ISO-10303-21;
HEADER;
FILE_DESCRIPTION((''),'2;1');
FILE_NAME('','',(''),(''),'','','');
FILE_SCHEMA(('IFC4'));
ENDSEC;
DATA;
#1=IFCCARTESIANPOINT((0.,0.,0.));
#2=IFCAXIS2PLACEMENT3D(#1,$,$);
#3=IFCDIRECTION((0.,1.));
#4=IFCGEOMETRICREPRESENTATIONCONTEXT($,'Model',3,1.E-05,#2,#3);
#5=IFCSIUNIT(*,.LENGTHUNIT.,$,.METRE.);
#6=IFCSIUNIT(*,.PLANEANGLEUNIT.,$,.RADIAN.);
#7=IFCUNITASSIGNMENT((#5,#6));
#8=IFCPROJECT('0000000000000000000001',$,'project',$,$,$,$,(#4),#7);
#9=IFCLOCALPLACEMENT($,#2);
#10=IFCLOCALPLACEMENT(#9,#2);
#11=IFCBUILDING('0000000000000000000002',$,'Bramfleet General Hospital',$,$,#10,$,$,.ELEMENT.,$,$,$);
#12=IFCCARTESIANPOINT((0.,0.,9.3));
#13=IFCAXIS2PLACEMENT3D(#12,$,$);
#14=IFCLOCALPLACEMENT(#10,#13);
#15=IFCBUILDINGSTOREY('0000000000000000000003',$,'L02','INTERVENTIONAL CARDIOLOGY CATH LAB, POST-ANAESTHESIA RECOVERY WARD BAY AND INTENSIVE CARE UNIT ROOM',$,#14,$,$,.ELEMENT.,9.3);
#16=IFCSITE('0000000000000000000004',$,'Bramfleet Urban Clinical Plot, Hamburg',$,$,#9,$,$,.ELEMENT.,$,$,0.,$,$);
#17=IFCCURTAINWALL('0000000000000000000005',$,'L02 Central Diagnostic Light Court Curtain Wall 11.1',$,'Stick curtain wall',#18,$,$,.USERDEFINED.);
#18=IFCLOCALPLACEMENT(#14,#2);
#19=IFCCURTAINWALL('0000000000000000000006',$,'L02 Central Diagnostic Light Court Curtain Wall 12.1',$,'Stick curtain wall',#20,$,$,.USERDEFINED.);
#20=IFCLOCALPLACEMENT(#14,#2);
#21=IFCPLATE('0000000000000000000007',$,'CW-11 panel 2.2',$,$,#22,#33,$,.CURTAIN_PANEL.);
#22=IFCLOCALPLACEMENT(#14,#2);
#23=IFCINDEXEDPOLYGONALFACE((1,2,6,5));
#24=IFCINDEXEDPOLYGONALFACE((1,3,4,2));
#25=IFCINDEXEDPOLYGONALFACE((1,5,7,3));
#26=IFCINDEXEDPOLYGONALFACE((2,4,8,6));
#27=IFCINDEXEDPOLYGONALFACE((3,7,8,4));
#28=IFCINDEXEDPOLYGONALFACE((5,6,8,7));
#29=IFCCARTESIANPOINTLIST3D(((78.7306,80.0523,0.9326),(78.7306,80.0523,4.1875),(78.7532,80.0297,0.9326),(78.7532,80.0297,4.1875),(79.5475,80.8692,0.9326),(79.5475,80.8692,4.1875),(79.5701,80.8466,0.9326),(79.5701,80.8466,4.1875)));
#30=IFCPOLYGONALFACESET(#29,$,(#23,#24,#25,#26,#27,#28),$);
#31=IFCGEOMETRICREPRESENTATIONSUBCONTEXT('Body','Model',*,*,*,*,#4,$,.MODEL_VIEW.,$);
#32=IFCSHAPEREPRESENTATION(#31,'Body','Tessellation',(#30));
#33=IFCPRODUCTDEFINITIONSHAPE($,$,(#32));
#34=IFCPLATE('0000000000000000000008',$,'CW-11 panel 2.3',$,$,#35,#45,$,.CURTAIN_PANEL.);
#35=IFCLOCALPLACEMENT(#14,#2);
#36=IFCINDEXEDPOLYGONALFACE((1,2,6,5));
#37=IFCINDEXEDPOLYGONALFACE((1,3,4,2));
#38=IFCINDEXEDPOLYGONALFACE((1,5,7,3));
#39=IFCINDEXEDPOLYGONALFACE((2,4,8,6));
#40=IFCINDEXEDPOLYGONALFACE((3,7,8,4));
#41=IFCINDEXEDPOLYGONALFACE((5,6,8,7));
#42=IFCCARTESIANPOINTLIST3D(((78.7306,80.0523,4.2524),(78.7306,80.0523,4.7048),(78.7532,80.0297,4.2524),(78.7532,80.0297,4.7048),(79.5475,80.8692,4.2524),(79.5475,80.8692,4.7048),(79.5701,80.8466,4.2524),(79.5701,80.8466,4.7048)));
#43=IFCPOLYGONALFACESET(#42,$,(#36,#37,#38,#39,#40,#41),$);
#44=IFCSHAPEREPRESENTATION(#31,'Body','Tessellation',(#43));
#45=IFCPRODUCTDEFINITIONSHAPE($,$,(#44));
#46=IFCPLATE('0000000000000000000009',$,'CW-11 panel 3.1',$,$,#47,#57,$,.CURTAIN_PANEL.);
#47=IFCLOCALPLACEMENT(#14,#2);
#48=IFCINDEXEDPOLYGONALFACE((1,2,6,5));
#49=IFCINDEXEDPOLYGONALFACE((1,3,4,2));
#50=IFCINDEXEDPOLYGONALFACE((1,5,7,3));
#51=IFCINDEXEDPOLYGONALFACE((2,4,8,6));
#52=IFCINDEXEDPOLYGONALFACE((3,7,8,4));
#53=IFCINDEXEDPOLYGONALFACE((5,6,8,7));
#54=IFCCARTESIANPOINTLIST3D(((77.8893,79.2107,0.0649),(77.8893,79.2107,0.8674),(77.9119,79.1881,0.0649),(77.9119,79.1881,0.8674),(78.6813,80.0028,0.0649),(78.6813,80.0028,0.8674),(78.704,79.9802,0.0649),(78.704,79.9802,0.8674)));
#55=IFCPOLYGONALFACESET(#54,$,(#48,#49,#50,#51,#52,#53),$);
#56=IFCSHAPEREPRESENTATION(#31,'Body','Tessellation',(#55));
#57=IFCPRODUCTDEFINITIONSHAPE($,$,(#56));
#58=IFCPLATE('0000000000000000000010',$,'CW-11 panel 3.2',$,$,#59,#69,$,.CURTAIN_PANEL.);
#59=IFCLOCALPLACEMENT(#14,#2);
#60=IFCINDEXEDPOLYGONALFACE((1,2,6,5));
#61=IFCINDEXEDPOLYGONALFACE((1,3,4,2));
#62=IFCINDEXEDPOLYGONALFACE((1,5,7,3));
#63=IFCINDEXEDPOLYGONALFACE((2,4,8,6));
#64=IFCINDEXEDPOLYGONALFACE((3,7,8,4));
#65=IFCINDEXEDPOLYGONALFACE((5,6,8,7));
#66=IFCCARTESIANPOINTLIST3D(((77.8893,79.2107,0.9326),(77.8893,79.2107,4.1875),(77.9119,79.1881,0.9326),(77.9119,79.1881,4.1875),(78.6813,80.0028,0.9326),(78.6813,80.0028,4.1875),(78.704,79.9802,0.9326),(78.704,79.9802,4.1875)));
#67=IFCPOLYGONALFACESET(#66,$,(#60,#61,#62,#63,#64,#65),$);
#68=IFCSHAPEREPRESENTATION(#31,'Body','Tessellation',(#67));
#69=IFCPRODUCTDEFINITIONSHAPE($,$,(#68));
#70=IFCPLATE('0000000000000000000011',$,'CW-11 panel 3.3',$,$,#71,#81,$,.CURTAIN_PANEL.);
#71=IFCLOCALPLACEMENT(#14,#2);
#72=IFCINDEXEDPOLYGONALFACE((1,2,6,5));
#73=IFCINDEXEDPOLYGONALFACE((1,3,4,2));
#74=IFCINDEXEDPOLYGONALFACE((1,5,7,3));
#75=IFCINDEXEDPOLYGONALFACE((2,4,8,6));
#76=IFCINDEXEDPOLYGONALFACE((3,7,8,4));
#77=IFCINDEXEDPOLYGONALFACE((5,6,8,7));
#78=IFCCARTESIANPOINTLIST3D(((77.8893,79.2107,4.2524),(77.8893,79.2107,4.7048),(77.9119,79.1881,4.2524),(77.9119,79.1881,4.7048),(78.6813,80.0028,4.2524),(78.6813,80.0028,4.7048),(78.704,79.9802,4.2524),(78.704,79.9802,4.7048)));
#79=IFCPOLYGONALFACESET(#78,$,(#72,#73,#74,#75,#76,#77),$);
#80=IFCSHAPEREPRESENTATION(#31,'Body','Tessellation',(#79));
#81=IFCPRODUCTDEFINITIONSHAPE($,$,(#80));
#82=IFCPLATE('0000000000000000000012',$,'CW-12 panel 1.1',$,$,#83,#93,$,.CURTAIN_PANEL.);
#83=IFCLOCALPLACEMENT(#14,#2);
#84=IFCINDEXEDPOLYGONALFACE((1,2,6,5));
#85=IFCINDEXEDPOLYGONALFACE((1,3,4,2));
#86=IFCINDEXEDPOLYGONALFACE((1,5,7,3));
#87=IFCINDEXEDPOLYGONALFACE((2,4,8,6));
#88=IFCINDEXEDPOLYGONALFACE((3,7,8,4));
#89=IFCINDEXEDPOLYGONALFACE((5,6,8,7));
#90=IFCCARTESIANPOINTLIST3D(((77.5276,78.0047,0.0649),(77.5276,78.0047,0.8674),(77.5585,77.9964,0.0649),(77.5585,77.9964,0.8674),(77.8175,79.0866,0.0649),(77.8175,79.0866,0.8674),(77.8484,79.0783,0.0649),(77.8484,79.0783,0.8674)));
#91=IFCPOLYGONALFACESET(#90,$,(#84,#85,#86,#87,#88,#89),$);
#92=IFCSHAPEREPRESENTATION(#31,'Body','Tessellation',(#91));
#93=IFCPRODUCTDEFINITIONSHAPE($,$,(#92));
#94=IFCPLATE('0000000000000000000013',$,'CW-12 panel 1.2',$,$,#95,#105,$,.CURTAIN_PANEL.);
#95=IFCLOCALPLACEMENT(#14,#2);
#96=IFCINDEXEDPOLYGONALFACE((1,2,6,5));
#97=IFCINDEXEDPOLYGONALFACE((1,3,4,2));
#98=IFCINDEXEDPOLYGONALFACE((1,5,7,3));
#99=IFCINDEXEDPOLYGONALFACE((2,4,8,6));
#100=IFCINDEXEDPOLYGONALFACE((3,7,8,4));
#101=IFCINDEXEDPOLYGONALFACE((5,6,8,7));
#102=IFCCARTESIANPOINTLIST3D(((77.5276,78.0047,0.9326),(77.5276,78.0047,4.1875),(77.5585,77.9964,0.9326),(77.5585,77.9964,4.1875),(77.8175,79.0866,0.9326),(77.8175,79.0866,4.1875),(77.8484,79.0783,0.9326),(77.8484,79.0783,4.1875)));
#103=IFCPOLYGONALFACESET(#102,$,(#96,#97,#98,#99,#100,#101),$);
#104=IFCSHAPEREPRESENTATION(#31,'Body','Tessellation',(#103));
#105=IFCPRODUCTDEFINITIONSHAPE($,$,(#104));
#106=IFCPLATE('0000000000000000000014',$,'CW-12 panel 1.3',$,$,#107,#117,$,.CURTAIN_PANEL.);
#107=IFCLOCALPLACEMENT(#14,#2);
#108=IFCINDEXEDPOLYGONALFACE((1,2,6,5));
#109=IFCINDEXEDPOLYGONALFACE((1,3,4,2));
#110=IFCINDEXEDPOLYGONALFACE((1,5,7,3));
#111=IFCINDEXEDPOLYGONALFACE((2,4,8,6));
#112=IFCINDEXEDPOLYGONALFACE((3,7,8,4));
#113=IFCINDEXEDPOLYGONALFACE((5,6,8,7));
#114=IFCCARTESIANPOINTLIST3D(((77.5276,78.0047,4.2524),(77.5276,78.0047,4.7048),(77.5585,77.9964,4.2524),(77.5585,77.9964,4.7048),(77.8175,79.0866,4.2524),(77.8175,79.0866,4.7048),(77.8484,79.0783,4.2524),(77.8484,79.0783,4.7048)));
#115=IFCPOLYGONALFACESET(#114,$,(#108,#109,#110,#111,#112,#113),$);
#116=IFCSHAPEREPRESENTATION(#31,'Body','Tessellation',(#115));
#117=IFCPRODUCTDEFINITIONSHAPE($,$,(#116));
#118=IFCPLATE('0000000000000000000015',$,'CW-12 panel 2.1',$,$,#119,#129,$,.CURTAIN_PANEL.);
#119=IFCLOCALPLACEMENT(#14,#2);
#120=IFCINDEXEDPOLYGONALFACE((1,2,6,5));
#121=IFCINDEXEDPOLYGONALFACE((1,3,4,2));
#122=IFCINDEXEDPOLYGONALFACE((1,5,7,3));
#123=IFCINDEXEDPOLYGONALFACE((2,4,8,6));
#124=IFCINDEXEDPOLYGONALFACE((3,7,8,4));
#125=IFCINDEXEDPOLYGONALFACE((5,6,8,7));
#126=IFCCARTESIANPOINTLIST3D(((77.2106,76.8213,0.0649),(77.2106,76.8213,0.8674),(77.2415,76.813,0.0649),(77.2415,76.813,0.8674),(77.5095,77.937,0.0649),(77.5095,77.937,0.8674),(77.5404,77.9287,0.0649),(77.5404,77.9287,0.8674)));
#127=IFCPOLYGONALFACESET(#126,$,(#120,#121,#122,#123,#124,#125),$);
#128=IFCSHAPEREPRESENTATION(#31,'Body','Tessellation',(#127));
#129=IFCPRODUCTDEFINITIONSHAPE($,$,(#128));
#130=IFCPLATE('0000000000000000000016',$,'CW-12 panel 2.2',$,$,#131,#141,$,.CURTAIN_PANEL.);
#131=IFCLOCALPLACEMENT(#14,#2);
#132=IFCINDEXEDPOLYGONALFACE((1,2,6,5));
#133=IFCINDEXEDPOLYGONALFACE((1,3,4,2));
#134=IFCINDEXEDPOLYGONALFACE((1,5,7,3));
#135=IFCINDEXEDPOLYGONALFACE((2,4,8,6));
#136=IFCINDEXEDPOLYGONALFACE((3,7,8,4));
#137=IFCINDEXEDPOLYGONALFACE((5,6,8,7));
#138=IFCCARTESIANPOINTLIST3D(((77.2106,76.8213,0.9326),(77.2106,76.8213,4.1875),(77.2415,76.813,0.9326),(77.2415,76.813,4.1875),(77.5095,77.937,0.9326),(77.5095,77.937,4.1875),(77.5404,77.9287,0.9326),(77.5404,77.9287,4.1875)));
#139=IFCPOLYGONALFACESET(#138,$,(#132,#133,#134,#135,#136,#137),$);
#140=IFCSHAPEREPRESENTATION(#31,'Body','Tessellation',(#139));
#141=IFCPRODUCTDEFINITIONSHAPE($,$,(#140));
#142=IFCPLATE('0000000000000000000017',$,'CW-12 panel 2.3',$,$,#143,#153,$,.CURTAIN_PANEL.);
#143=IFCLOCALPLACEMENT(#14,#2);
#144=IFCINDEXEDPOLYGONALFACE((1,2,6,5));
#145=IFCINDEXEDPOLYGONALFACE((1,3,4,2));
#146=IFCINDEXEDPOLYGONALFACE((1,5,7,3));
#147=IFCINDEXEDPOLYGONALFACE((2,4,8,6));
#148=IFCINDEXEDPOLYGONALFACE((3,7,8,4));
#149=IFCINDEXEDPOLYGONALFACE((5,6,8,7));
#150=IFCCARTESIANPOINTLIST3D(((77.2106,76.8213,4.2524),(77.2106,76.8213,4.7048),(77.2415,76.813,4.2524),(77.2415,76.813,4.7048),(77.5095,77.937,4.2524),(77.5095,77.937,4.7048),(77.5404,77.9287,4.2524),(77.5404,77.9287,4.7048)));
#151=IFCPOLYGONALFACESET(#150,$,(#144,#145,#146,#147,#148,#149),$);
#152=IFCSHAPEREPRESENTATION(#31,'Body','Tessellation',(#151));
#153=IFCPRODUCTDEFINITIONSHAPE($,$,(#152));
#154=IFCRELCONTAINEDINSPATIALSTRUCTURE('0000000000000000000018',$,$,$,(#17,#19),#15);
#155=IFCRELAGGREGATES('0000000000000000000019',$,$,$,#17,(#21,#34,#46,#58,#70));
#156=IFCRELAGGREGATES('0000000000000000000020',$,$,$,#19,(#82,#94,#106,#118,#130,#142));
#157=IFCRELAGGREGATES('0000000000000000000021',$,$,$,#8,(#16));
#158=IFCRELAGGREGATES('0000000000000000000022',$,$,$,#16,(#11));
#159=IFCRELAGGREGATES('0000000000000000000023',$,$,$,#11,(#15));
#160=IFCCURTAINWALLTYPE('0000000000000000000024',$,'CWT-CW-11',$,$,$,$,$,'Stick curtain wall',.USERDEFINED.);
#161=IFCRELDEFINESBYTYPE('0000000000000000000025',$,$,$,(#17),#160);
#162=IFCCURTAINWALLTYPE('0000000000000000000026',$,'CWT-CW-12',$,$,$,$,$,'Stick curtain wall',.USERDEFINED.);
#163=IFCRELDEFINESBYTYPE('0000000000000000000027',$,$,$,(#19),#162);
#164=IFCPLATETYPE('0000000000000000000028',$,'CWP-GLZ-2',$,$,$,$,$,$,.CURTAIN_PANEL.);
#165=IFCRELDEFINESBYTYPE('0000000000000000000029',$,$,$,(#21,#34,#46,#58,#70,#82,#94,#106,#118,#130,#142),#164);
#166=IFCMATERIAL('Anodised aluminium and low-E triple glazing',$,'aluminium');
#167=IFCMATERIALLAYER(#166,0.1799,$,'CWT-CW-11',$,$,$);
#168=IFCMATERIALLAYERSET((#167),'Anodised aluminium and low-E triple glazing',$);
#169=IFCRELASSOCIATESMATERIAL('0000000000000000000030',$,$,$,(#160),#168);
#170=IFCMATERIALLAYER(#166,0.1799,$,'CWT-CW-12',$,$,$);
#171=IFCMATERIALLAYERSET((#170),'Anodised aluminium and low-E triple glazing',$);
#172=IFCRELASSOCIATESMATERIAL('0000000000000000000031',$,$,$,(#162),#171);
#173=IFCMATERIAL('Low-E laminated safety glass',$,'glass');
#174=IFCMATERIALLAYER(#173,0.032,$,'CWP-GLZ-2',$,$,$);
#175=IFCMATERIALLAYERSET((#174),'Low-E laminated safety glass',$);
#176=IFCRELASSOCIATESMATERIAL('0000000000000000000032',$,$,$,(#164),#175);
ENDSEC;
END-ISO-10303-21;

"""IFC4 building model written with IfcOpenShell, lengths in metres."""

from ifc_helpers import new_model, si_unit, direction, frame, origin, origin_2d, place, context, subcontext, project, spatial, rectangle, extrude, material, layer, layer_set, type_object, element, aggregate, save


model = new_model("IFC4")

# Units and contexts
model_context = context("Model", 3, precision=1e-05, world=origin(), true_north=direction((0.0, 1.0)))
body_context = subcontext(model_context, "Body", "Model", "MODEL_VIEW")
ifc_project = project(units=[si_unit("LENGTHUNIT", "METRE"), si_unit("PLANEANGLEUNIT", "RADIAN")], contexts=[model_context])

# Site, building, storey
site_placement = place(None, origin())
site = spatial("IfcSite", under=ifc_project, at=site_placement, Name="Bramfleet Urban Clinical Plot, Hamburg", CompositionType="ELEMENT", RefElevation=0.0)
building_placement = place(site_placement, origin())
building = spatial("IfcBuilding", under=site, at=building_placement, Name="Bramfleet General Hospital", CompositionType="ELEMENT")
storey_placement = place(building_placement, frame((0.0, 0.0, 9.3)))
storey = spatial("IfcBuildingStorey", under=building, at=storey_placement, Name="L02", Description="INTERVENTIONAL CARDIOLOGY CATH LAB, POST-ANAESTHESIA RECOVERY WARD BAY AND INTENSIVE CARE UNIT ROOM", CompositionType="ELEMENT", Elevation=9.3)

# Curtain walls
ifc_material_1 = material(Name="Anodised aluminium and low-E triple glazing", Category="aluminium")
ifc_layer_1 = layer(ifc_material_1, 0.1799, Name="CWT-CW-11")
ifc_layer_set_1 = layer_set([ifc_layer_1], Name="Anodised aluminium and low-E triple glazing")
curtain_wall_type_1 = type_object("IfcCurtainWallType", Name="CWT-CW-11", ElementType="Stick curtain wall", PredefinedType="USERDEFINED", material=ifc_layer_set_1)
curtain_wall_1_placement = place(storey_placement, origin())
curtain_wall_1 = element("IfcCurtainWall", 1, at=curtain_wall_1_placement, inside=storey, type_object=curtain_wall_type_1, Name="L02 Central Diagnostic Light Court Curtain Wall 11.1", ObjectType="Stick curtain wall", PredefinedType="USERDEFINED")
ifc_layer_2 = layer(ifc_material_1, 0.1799, Name="CWT-CW-12")
ifc_layer_set_2 = layer_set([ifc_layer_2], Name="Anodised aluminium and low-E triple glazing")
curtain_wall_type_2 = type_object("IfcCurtainWallType", Name="CWT-CW-12", ElementType="Stick curtain wall", PredefinedType="USERDEFINED", material=ifc_layer_set_2)
curtain_wall_2_placement = place(storey_placement, origin())
curtain_wall_2 = element("IfcCurtainWall", 2, at=curtain_wall_2_placement, inside=storey, type_object=curtain_wall_type_2, Name="L02 Central Diagnostic Light Court Curtain Wall 12.1", ObjectType="Stick curtain wall", PredefinedType="USERDEFINED")

# Plates
ifc_material_2 = material(Name="Low-E laminated safety glass", Category="glass")
ifc_layer_3 = layer(ifc_material_2, 0.032, Name="CWP-GLZ-2")
ifc_layer_set_3 = layer_set([ifc_layer_3], Name="Low-E laminated safety glass")
plate_type = type_object("IfcPlateType", Name="CWP-GLZ-2", PredefinedType="CURTAIN_PANEL", material=ifc_layer_set_3)
plate_1_placement = place(storey_placement, frame((79.1504, 80.4495, 0.9326), z_axis=(0.0, 0.0, 1.0), x_axis=(-0.707107, -0.707107, 0.0)))
plate_1 = element("IfcPlate", 3, at=plate_1_placement, type_object=plate_type, Name="CW-11 panel 2.2", PredefinedType="CURTAIN_PANEL", context=body_context, shape_type="SweptSolid", body=[
    extrude(rectangle(XDim=1.1553, YDim=0.032, at=origin_2d()), origin(), (0.0, 0.0, 1.0), 3.2549),
])
plate_2_placement = place(storey_placement, frame((79.1504, 80.4495, 4.2524), z_axis=(0.0, 0.0, 1.0), x_axis=(-0.707107, -0.707107, 0.0)))
plate_2 = element("IfcPlate", 4, at=plate_2_placement, type_object=plate_type, Name="CW-11 panel 2.3", PredefinedType="CURTAIN_PANEL", context=body_context, shape_type="SweptSolid", body=[
    extrude(rectangle(XDim=1.1553, YDim=0.032, at=origin_2d()), origin(), (0.0, 0.0, 1.0), 0.4524),
])
plate_3_placement = place(storey_placement, frame((78.2966, 79.5955, 0.0649), z_axis=(0.0, 0.0, 1.0), x_axis=(-0.707107, -0.707107, 0.0)))
plate_3 = element("IfcPlate", 5, at=plate_3_placement, type_object=plate_type, Name="CW-11 panel 3.1", PredefinedType="CURTAIN_PANEL", context=body_context, shape_type="SweptSolid", body=[
    extrude(rectangle(XDim=1.1201, YDim=0.032, at=origin_2d()), origin(), (0.0, 0.0, 1.0), 0.8025),
])
plate_4_placement = place(storey_placement, frame((78.2966, 79.5955, 0.9326), z_axis=(0.0, 0.0, 1.0), x_axis=(-0.707107, -0.707107, 0.0)))
plate_4 = element("IfcPlate", 6, at=plate_4_placement, type_object=plate_type, Name="CW-11 panel 3.2", PredefinedType="CURTAIN_PANEL", context=body_context, shape_type="SweptSolid", body=[
    extrude(rectangle(XDim=1.1201, YDim=0.032, at=origin_2d()), origin(), (0.0, 0.0, 1.0), 3.2549),
])
plate_5_placement = place(storey_placement, frame((78.2966, 79.5955, 4.2524), z_axis=(0.0, 0.0, 1.0), x_axis=(-0.707107, -0.707107, 0.0)))
plate_5 = element("IfcPlate", 7, at=plate_5_placement, type_object=plate_type, Name="CW-11 panel 3.3", PredefinedType="CURTAIN_PANEL", context=body_context, shape_type="SweptSolid", body=[
    extrude(rectangle(XDim=1.1201, YDim=0.032, at=origin_2d()), origin(), (0.0, 0.0, 1.0), 0.4524),
])
aggregate(curtain_wall_1, [plate_1, plate_2, plate_3, plate_4, plate_5])
plate_6_placement = place(storey_placement, frame((77.688, 78.5415, 0.0649), z_axis=(0.0, 0.0, 1.0), x_axis=(-0.258763, -0.965941, 0.0)))
plate_6 = element("IfcPlate", 8, at=plate_6_placement, type_object=plate_type, Name="CW-12 panel 1.1", PredefinedType="CURTAIN_PANEL", context=body_context, shape_type="SweptSolid", body=[
    extrude(rectangle(XDim=1.1201, YDim=0.032, at=origin_2d()), origin(), (0.0, 0.0, 1.0), 0.8025),
])
plate_7_placement = place(storey_placement, frame((77.688, 78.5415, 0.9326), z_axis=(0.0, 0.0, 1.0), x_axis=(-0.258763, -0.965941, 0.0)))
plate_7 = element("IfcPlate", 9, at=plate_7_placement, type_object=plate_type, Name="CW-12 panel 1.2", PredefinedType="CURTAIN_PANEL", context=body_context, shape_type="SweptSolid", body=[
    extrude(rectangle(XDim=1.1201, YDim=0.032, at=origin_2d()), origin(), (0.0, 0.0, 1.0), 3.2549),
])
plate_8_placement = place(storey_placement, frame((77.688, 78.5415, 4.2524), z_axis=(0.0, 0.0, 1.0), x_axis=(-0.258763, -0.965941, 0.0)))
plate_8 = element("IfcPlate", 10, at=plate_8_placement, type_object=plate_type, Name="CW-12 panel 1.3", PredefinedType="CURTAIN_PANEL", context=body_context, shape_type="SweptSolid", body=[
    extrude(rectangle(XDim=1.1201, YDim=0.032, at=origin_2d()), origin(), (0.0, 0.0, 1.0), 0.4524),
])
plate_9_placement = place(storey_placement, frame((77.3755, 77.375, 0.0649), z_axis=(0.0, 0.0, 1.0), x_axis=(-0.258763, -0.965941, 0.0)))
plate_9 = element("IfcPlate", 11, at=plate_9_placement, type_object=plate_type, Name="CW-12 panel 2.1", PredefinedType="CURTAIN_PANEL", context=body_context, shape_type="SweptSolid", body=[
    extrude(rectangle(XDim=1.155, YDim=0.032, at=origin_2d()), origin(), (0.0, 0.0, 1.0), 0.8025),
])
plate_10_placement = place(storey_placement, frame((77.3755, 77.375, 0.9326), z_axis=(0.0, 0.0, 1.0), x_axis=(-0.258763, -0.965941, 0.0)))
plate_10 = element("IfcPlate", 12, at=plate_10_placement, type_object=plate_type, Name="CW-12 panel 2.2", PredefinedType="CURTAIN_PANEL", context=body_context, shape_type="SweptSolid", body=[
    extrude(rectangle(XDim=1.155, YDim=0.032, at=origin_2d()), origin(), (0.0, 0.0, 1.0), 3.2549),
])
plate_11_placement = place(storey_placement, frame((77.3755, 77.375, 4.2524), z_axis=(0.0, 0.0, 1.0), x_axis=(-0.258763, -0.965941, 0.0)))
plate_11 = element("IfcPlate", 13, at=plate_11_placement, type_object=plate_type, Name="CW-12 panel 2.3", PredefinedType="CURTAIN_PANEL", context=body_context, shape_type="SweptSolid", body=[
    extrude(rectangle(XDim=1.155, YDim=0.032, at=origin_2d()), origin(), (0.0, 0.0, 1.0), 0.4524),
])
aggregate(curtain_wall_2, [plate_6, plate_7, plate_8, plate_9, plate_10, plate_11])

save(model, "model.ifc")
